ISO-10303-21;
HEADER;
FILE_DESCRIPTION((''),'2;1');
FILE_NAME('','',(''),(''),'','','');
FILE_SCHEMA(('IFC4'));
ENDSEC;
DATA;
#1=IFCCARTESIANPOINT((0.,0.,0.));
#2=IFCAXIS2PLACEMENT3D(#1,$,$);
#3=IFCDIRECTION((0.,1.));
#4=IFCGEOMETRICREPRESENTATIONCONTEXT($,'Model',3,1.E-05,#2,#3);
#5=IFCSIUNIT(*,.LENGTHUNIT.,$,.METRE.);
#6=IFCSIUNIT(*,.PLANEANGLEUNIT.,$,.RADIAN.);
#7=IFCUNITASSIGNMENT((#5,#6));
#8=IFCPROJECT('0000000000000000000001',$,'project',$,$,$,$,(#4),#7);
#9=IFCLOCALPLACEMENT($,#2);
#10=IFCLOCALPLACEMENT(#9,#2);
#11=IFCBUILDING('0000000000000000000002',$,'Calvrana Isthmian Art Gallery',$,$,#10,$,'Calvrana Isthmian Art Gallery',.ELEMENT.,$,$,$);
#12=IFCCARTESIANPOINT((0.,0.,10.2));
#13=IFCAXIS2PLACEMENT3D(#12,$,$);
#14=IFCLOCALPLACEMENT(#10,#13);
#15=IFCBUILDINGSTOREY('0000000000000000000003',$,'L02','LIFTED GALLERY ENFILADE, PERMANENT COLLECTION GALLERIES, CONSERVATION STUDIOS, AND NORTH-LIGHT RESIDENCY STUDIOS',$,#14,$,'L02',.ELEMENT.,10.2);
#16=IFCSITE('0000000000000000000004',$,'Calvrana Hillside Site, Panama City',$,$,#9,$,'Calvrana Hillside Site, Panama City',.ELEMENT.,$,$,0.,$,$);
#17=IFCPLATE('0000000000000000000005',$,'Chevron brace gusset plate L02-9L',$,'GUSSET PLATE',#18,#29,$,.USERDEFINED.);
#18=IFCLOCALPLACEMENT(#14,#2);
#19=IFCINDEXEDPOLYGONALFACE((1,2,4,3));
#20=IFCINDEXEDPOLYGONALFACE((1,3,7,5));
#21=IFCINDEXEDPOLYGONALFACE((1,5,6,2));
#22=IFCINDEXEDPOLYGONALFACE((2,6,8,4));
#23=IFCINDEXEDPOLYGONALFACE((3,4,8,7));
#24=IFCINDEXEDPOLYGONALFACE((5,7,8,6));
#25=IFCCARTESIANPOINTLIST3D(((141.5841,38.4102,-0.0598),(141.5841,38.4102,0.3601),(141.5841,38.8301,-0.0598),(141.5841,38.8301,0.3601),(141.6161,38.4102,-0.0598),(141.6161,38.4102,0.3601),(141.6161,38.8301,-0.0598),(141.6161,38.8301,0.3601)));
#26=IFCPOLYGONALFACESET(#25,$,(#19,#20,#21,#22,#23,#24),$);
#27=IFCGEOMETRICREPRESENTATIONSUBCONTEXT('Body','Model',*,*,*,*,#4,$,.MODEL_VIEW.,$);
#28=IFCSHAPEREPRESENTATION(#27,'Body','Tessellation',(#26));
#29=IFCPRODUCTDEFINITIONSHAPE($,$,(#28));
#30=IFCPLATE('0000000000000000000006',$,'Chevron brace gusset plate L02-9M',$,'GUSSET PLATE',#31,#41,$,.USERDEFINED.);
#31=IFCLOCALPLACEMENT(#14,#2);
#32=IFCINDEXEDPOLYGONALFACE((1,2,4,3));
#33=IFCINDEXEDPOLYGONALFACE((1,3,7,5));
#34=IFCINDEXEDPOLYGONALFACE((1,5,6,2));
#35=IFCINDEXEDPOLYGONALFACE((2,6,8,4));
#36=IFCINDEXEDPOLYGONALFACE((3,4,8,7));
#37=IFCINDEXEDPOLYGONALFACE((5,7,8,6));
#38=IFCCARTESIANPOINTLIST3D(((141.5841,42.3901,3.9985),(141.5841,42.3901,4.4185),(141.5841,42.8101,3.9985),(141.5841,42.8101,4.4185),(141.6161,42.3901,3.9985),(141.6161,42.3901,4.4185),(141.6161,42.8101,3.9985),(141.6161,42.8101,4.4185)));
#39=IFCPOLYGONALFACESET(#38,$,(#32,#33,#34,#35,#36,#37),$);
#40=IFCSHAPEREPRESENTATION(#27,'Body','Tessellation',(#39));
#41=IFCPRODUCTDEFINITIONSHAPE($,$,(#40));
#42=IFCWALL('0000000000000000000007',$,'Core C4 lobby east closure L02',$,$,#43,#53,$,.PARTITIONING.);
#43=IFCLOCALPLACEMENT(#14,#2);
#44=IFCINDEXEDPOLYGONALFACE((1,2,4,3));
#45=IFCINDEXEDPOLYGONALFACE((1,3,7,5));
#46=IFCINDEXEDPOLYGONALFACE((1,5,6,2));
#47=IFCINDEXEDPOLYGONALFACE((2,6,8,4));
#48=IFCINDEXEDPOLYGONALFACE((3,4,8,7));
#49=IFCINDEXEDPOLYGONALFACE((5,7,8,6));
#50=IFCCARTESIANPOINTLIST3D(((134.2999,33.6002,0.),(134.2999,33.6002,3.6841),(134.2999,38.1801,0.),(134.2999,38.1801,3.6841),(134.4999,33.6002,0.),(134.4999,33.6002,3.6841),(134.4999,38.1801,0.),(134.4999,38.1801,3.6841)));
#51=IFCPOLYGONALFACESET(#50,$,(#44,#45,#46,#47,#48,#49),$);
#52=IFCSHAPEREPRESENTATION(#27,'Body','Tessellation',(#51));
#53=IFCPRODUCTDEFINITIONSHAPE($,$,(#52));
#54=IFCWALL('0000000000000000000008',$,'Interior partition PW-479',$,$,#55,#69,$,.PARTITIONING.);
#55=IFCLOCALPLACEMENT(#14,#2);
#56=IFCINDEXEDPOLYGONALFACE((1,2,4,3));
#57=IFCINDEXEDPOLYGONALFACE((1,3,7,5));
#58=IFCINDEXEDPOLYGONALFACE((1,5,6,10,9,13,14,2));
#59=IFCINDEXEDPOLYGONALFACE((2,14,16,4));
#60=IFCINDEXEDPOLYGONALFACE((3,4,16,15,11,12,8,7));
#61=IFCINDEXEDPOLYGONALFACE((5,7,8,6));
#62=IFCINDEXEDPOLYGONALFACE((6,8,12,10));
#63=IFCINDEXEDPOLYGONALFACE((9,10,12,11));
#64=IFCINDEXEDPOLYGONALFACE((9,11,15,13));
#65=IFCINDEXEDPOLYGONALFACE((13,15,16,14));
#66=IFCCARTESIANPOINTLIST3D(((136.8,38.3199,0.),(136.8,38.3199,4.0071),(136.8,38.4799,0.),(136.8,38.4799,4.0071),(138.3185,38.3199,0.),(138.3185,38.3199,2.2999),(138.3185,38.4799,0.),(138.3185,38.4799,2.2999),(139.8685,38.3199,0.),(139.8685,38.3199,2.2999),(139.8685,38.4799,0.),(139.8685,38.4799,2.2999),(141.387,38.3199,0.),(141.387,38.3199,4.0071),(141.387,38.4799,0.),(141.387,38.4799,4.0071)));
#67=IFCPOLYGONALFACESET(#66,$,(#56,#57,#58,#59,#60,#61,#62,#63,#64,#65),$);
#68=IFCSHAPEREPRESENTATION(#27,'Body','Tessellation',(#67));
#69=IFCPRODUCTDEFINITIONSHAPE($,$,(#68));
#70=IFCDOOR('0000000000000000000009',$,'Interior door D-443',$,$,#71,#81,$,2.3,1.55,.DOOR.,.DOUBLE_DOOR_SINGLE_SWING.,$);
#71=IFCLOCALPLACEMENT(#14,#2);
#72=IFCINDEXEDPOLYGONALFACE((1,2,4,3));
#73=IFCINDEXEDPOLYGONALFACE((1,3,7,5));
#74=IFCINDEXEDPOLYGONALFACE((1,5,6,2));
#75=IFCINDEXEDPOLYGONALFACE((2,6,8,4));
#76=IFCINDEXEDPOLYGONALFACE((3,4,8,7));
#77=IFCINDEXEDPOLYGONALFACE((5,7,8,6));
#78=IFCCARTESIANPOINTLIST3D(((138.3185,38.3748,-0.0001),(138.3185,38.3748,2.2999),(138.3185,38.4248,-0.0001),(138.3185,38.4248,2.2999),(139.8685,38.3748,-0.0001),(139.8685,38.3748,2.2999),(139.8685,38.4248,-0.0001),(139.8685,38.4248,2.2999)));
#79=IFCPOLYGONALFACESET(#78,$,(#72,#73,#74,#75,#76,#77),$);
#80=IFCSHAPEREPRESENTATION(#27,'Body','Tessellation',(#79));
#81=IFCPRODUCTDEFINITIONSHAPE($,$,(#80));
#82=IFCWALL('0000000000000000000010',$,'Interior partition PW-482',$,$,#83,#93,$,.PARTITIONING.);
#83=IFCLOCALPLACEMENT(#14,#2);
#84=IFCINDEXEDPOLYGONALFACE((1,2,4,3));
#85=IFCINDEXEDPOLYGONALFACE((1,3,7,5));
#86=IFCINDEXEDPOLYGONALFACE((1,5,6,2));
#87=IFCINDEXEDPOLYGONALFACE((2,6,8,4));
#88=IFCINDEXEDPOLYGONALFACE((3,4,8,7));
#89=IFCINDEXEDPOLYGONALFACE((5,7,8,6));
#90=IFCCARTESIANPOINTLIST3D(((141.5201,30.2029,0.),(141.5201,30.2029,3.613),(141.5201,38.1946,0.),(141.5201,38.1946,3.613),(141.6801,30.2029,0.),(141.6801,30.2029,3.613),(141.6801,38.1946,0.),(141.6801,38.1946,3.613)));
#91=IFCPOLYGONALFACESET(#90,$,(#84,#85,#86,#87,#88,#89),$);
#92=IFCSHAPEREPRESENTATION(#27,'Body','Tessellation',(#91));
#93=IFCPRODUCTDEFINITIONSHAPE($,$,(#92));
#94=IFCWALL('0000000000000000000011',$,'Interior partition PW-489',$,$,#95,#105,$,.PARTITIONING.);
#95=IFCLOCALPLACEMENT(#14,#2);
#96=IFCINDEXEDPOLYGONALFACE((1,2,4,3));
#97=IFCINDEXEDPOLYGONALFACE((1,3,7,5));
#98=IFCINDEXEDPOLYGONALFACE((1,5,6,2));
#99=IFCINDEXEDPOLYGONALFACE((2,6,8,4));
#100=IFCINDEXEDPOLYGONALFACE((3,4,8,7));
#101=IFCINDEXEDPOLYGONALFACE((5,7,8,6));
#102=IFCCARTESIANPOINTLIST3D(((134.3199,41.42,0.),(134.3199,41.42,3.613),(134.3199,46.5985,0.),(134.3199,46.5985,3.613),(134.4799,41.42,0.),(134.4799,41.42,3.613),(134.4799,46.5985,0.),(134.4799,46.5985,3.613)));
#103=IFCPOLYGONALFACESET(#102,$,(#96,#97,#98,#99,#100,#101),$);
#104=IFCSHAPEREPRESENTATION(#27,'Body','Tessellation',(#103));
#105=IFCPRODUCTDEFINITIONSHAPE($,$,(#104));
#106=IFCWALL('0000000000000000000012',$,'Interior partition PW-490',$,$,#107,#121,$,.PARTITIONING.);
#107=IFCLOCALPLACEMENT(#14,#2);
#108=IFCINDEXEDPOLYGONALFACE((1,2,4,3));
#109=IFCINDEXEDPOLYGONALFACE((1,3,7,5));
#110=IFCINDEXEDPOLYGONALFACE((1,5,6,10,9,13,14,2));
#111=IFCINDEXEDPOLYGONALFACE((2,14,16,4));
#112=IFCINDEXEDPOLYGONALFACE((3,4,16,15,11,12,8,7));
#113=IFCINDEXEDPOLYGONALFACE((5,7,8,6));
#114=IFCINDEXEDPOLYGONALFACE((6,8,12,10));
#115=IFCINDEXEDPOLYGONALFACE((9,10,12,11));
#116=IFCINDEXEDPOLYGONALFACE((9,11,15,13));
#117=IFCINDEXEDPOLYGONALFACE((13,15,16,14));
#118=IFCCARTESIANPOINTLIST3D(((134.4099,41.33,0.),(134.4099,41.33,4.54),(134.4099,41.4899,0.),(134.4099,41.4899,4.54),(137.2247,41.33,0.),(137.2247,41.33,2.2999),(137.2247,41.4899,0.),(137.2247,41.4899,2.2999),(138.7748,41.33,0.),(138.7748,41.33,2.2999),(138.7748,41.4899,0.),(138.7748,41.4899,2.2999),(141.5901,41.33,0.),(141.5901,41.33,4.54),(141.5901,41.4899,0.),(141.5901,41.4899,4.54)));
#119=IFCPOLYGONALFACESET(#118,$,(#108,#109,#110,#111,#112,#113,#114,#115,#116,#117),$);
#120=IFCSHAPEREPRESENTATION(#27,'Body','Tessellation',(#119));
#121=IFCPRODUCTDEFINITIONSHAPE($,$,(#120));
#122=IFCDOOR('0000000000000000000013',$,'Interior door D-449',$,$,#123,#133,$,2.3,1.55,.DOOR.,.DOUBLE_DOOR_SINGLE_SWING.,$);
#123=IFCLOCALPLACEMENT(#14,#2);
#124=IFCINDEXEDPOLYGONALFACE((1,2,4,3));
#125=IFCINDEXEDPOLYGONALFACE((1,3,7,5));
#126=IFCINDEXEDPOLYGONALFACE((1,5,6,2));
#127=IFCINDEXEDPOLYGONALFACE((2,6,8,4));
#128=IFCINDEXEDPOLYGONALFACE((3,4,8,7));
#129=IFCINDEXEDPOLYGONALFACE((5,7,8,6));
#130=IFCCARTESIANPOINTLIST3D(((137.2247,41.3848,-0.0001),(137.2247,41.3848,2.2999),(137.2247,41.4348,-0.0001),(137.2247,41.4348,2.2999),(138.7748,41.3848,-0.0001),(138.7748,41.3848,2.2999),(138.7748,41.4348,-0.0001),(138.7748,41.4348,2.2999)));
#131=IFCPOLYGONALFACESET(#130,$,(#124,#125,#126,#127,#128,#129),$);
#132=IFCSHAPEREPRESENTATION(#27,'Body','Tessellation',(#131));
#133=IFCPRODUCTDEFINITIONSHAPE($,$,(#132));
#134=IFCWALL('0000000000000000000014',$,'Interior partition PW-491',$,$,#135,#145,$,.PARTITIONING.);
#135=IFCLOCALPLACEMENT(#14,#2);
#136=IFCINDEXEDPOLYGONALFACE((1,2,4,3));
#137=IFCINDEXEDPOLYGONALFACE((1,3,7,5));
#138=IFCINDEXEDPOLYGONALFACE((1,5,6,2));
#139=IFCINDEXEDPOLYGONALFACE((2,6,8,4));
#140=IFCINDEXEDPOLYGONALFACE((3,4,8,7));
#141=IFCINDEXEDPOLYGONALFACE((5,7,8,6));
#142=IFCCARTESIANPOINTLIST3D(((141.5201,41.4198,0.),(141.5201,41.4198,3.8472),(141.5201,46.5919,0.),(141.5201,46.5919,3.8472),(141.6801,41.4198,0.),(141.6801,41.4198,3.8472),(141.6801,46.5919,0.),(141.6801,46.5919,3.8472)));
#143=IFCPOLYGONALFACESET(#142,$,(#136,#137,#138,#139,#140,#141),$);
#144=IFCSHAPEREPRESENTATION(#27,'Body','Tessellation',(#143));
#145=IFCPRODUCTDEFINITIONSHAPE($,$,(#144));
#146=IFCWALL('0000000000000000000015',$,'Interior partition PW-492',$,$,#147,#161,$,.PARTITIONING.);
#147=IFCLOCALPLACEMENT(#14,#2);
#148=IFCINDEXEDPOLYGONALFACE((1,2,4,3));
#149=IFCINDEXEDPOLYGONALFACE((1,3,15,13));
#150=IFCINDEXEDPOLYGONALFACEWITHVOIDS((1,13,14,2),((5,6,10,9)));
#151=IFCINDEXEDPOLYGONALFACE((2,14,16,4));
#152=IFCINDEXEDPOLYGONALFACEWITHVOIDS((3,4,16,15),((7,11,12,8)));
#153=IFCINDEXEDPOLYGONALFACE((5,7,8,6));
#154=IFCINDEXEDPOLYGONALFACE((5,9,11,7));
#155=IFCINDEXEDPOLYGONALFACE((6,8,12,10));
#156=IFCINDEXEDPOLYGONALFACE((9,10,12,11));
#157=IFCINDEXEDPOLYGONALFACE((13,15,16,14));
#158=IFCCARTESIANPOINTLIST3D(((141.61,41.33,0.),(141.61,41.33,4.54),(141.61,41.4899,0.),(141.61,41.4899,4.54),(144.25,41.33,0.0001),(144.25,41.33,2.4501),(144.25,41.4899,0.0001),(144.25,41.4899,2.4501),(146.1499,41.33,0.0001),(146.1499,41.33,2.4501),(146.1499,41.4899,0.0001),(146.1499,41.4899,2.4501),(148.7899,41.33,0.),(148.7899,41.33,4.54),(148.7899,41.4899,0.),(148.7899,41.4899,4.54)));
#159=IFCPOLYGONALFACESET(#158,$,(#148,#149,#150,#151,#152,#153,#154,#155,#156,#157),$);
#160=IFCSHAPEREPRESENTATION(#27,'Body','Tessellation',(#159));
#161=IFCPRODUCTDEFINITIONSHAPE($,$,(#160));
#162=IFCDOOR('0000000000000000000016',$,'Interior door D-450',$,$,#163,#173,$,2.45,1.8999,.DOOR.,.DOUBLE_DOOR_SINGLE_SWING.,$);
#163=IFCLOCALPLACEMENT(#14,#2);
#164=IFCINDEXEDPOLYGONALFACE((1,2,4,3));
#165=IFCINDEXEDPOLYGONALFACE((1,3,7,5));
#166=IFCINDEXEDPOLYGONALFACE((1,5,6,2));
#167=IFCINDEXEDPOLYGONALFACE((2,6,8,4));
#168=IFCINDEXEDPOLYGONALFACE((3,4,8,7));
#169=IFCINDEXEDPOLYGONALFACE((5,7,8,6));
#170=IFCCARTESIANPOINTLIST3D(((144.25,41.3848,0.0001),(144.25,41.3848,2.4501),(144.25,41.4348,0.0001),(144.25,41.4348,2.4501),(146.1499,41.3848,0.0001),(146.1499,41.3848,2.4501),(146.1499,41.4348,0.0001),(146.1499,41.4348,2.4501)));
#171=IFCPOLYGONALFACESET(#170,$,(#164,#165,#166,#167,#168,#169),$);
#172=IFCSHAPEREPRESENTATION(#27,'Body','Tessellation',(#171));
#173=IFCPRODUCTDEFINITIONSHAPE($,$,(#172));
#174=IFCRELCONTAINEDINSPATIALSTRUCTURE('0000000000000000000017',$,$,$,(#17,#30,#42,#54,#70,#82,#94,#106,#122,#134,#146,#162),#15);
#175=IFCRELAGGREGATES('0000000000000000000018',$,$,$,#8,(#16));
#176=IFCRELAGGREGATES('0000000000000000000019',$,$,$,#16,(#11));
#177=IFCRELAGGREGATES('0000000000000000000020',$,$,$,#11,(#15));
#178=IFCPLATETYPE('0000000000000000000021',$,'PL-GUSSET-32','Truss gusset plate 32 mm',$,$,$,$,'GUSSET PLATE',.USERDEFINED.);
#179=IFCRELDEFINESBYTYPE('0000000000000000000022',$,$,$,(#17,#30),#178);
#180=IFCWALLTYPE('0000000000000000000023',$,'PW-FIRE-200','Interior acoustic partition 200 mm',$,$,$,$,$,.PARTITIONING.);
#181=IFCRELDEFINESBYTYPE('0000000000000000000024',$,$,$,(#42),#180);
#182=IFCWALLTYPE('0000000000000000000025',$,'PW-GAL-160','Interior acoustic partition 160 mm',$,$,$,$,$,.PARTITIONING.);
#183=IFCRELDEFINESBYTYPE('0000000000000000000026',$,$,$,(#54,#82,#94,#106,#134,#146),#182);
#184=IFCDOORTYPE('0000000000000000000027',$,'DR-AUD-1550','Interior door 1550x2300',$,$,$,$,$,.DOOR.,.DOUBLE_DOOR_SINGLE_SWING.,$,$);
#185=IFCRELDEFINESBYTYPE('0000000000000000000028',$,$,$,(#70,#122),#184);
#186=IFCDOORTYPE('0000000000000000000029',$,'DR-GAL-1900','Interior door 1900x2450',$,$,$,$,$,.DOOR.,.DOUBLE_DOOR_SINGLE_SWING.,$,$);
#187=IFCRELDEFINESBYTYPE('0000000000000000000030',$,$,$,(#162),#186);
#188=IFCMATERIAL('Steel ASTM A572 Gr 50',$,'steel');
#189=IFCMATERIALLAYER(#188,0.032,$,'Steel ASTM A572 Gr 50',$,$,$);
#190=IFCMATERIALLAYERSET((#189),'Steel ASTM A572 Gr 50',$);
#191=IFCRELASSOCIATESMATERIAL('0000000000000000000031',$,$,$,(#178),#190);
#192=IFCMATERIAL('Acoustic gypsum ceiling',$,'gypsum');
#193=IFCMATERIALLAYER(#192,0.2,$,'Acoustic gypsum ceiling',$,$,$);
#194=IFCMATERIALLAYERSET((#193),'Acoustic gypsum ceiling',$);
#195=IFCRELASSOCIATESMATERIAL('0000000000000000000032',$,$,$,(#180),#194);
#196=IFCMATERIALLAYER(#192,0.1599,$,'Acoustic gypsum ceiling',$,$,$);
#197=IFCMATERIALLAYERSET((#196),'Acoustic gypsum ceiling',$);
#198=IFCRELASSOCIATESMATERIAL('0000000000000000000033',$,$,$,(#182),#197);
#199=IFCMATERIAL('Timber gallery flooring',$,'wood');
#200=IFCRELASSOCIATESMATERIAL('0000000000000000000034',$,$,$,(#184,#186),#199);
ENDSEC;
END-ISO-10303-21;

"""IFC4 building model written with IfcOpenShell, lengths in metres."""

from ifc_helpers import new_model, si_unit, direction, frame, frame_2d, origin, origin_2d, place, context, subcontext, project, spatial, rectangle, extrude, material, layer, layer_set, type_object, element, fill, save


model = new_model("IFC4")

# Units and contexts
model_context = context("Model", 3, precision=1e-05, world=origin(), true_north=direction((0.0, 1.0)))
body_context = subcontext(model_context, "Body", "Model", "MODEL_VIEW")
ifc_project = project(units=[si_unit("LENGTHUNIT", "METRE"), si_unit("PLANEANGLEUNIT", "RADIAN")], contexts=[model_context])

# Site, building, storey
site_placement = place(None, origin())
site = spatial("IfcSite", under=ifc_project, at=site_placement, Name="Calvrana Hillside Site, Panama City", LongName="Calvrana Hillside Site, Panama City", CompositionType="ELEMENT", RefElevation=0.0)
building_placement = place(site_placement, origin())
building = spatial("IfcBuilding", under=site, at=building_placement, Name="Calvrana Isthmian Art Gallery", LongName="Calvrana Isthmian Art Gallery", CompositionType="ELEMENT")
storey_placement = place(building_placement, frame((0.0, 0.0, 10.2)))
storey = spatial("IfcBuildingStorey", under=building, at=storey_placement, Name="L02", Description="LIFTED GALLERY ENFILADE, PERMANENT COLLECTION GALLERIES, CONSERVATION STUDIOS, AND NORTH-LIGHT RESIDENCY STUDIOS", LongName="L02", CompositionType="ELEMENT", Elevation=10.2)

# Plates
ifc_material_1 = material(Name="Steel ASTM A572 Gr 50", Category="steel")
ifc_layer_1 = layer(ifc_material_1, 0.032, Name="Steel ASTM A572 Gr 50")
ifc_layer_set_1 = layer_set([ifc_layer_1], Name="Steel ASTM A572 Gr 50")
plate_type = type_object("IfcPlateType", Name="PL-GUSSET-32", Description="Truss gusset plate 32 mm", ElementType="GUSSET PLATE", PredefinedType="USERDEFINED", material=ifc_layer_set_1)
for number, where, z_axis, x_axis, name in (
    (1, (141.6001, 38.6201, -0.0598), (0.0, 0.0, 1.0), (1.0, 0.0, 0.0), "Chevron brace gusset plate L02-9L"),
    (2, (141.6001, 42.6001, 3.9985), (0.0, 0.0, 1.0), (1.0, 0.0, 0.0), "Chevron brace gusset plate L02-9M"),
):
    element("IfcPlate", number, at=place(storey_placement, frame(where, z_axis=z_axis, x_axis=x_axis)), inside=storey, type_object=plate_type, Name=name, ObjectType="GUSSET PLATE", PredefinedType="USERDEFINED", context=body_context, shape_type="SweptSolid", body=[
        extrude(rectangle(XDim=0.032, YDim=0.4199, at=origin_2d()), origin(), (0.0, 0.0, 1.0), 0.4199),
    ])

# Wall
ifc_material_2 = material(Name="Acoustic gypsum ceiling", Category="gypsum")
ifc_layer_2 = layer(ifc_material_2, 0.2, Name="Acoustic gypsum ceiling")
ifc_layer_set_2 = layer_set([ifc_layer_2], Name="Acoustic gypsum ceiling")
wall_type_1 = type_object("IfcWallType", Name="PW-FIRE-200", Description="Interior acoustic partition 200 mm", PredefinedType="PARTITIONING", material=ifc_layer_set_2)
wall_1_placement = place(storey_placement, frame((134.3999, 33.6001, 0.0), z_axis=(0.0, 0.0, 1.0), x_axis=(0.0, 1.0, 0.0)))
element("IfcWall", 3, at=wall_1_placement, inside=storey, type_object=wall_type_1, Name="Core C4 lobby east closure L02", PredefinedType="PARTITIONING", context=body_context, shape_type="SweptSolid", body=[
    extrude(rectangle(XDim=4.5798, YDim=0.2, at=frame_2d((2.29, 0.0))), origin(), (0.0, 0.0, 1.0), 3.6841),
])

# Wall, opening, door
ifc_layer_3 = layer(ifc_material_2, 0.1599, Name="Acoustic gypsum ceiling")
ifc_layer_set_3 = layer_set([ifc_layer_3], Name="Acoustic gypsum ceiling")
wall_type_2 = type_object("IfcWallType", Name="PW-GAL-160", Description="Interior acoustic partition 160 mm", PredefinedType="PARTITIONING", material=ifc_layer_set_3)
wall_2_placement = place(storey_placement, frame((136.8, 38.3999, 0.0), z_axis=(0.0, 0.0, 1.0), x_axis=(1.0, 0.0, 0.0)))
wall_2 = element("IfcWall", 4, at=wall_2_placement, inside=storey, type_object=wall_type_2, Name="Interior partition PW-479", PredefinedType="PARTITIONING", context=body_context, shape_type="SweptSolid", body=[
    extrude(rectangle(XDim=4.5869, YDim=0.1599, at=frame_2d((2.2935, 0.0))), origin(), (0.0, 0.0, 1.0), 4.0071),
])
opening_1_placement = place(wall_2_placement, frame((1.5186, 0.0, 0.0)))
opening_1 = element("IfcOpeningElement", 5, at=opening_1_placement, cuts=wall_2, PredefinedType="OPENING", context=body_context, shape_type="SweptSolid", body=[
    extrude(rectangle(XDim=1.55, YDim=2.3, at=frame_2d((0.7749, 1.1499))), frame((0.0, 0.0903, 0.0), z_axis=(0.0, -1.0, 0.0), x_axis=(1.0, 0.0, 0.0)), (0.0, 0.0, 1.0), 0.1804),
])
ifc_material_3 = material(Name="Timber gallery flooring", Category="wood")
door_type_1 = type_object("IfcDoorType", Name="DR-AUD-1550", Description="Interior door 1550x2300", OperationType="DOUBLE_DOOR_SINGLE_SWING", PredefinedType="DOOR", material=ifc_material_3)
door_1_placement = place(opening_1_placement, origin())
door_1 = element("IfcDoor", 6, at=door_1_placement, inside=storey, type_object=door_type_1, Name="Interior door D-443", OperationType="DOUBLE_DOOR_SINGLE_SWING", OverallHeight=2.3, OverallWidth=1.55, PredefinedType="DOOR", context=body_context, shape_type="SweptSolid", body=[
    extrude(rectangle(XDim=1.55, YDim=2.3, at=frame_2d((0.7749, 1.1499))), frame((0.0, 0.0249, 0.0), z_axis=(0.0, -1.0, 0.0), x_axis=(1.0, 0.0, 0.0)), (0.0, 0.0, 1.0), 0.05),
])
fill(opening_1, door_1)

# Walls
wall_3_placement = place(storey_placement, frame((141.6001, 30.2029, 0.0), z_axis=(0.0, 0.0, 1.0), x_axis=(0.0, 1.0, 0.0)))
element("IfcWall", 7, at=wall_3_placement, inside=storey, type_object=wall_type_2, Name="Interior partition PW-482", PredefinedType="PARTITIONING", context=body_context, shape_type="SweptSolid", body=[
    extrude(rectangle(XDim=7.9917, YDim=0.1599, at=frame_2d((3.9958, 0.0))), origin(), (0.0, 0.0, 1.0), 3.613),
])
wall_4_placement = place(storey_placement, frame((134.3999, 41.4199, 0.0), z_axis=(0.0, 0.0, 1.0), x_axis=(0.0, 1.0, 0.0)))
element("IfcWall", 8, at=wall_4_placement, inside=storey, type_object=wall_type_2, Name="Interior partition PW-489", PredefinedType="PARTITIONING", context=body_context, shape_type="SweptSolid", body=[
    extrude(rectangle(XDim=5.1785, YDim=0.1599, at=frame_2d((2.5894, 0.0))), origin(), (0.0, 0.0, 1.0), 3.613),
])

# Wall, opening, door
wall_5_placement = place(storey_placement, frame((134.4099, 41.4099, 0.0), z_axis=(0.0, 0.0, 1.0), x_axis=(1.0, 0.0, 0.0)))
wall_5 = element("IfcWall", 9, at=wall_5_placement, inside=storey, type_object=wall_type_2, Name="Interior partition PW-490", PredefinedType="PARTITIONING", context=body_context, shape_type="SweptSolid", body=[
    extrude(rectangle(XDim=7.1802, YDim=0.1599, at=frame_2d((3.5901, 0.0))), origin(), (0.0, 0.0, 1.0), 4.54),
])
opening_2_placement = place(wall_5_placement, frame((2.8149, 0.0, 0.0)))
opening_2 = element("IfcOpeningElement", 10, at=opening_2_placement, cuts=wall_5, PredefinedType="OPENING", context=body_context, shape_type="SweptSolid", body=[
    extrude(rectangle(XDim=1.55, YDim=2.3, at=frame_2d((0.7749, 1.1499))), frame((0.0, 0.0903, 0.0), z_axis=(0.0, -1.0, 0.0), x_axis=(1.0, 0.0, 0.0)), (0.0, 0.0, 1.0), 0.1804),
])
door_2_placement = place(opening_2_placement, origin())
door_2 = element("IfcDoor", 11, at=door_2_placement, inside=storey, type_object=door_type_1, Name="Interior door D-449", OperationType="DOUBLE_DOOR_SINGLE_SWING", OverallHeight=2.3, OverallWidth=1.55, PredefinedType="DOOR", context=body_context, shape_type="SweptSolid", body=[
    extrude(rectangle(XDim=1.55, YDim=2.3, at=frame_2d((0.7749, 1.1499))), frame((0.0, 0.0249, 0.0), z_axis=(0.0, -1.0, 0.0), x_axis=(1.0, 0.0, 0.0)), (0.0, 0.0, 1.0), 0.05),
])
fill(opening_2, door_2)

# Wall
wall_6_placement = place(storey_placement, frame((141.6001, 41.4199, 0.0), z_axis=(0.0, 0.0, 1.0), x_axis=(0.0, 1.0, 0.0)))
element("IfcWall", 12, at=wall_6_placement, inside=storey, type_object=wall_type_2, Name="Interior partition PW-491", PredefinedType="PARTITIONING", context=body_context, shape_type="SweptSolid", body=[
    extrude(rectangle(XDim=5.1721, YDim=0.1599, at=frame_2d((2.5859, 0.0))), origin(), (0.0, 0.0, 1.0), 3.8472),
])

# Wall, opening, door
wall_7_placement = place(storey_placement, frame((141.6101, 41.4099, 0.0), z_axis=(0.0, 0.0, 1.0), x_axis=(1.0, 0.0, 0.0)))
wall_7 = element("IfcWall", 13, at=wall_7_placement, inside=storey, type_object=wall_type_2, Name="Interior partition PW-492", PredefinedType="PARTITIONING", context=body_context, shape_type="SweptSolid", body=[
    extrude(rectangle(XDim=7.1799, YDim=0.1599, at=frame_2d((3.5898, 0.0))), origin(), (0.0, 0.0, 1.0), 4.54),
])
opening_3_placement = place(wall_7_placement, frame((2.6399, 0.0, 0.0)))
opening_3 = element("IfcOpeningElement", 14, at=opening_3_placement, cuts=wall_7, PredefinedType="OPENING", context=body_context, shape_type="SweptSolid", body=[
    extrude(rectangle(XDim=1.8999, YDim=2.45, at=frame_2d((0.95, 1.2251))), frame((0.0, 0.0903, 0.0), z_axis=(0.0, -1.0, 0.0), x_axis=(1.0, 0.0, 0.0)), (0.0, 0.0, 1.0), 0.1804),
])
door_type_2 = type_object("IfcDoorType", Name="DR-GAL-1900", Description="Interior door 1900x2450", OperationType="DOUBLE_DOOR_SINGLE_SWING", PredefinedType="DOOR", material=ifc_material_3)
door_3_placement = place(opening_3_placement, origin())
door_3 = element("IfcDoor", 15, at=door_3_placement, inside=storey, type_object=door_type_2, Name="Interior door D-450", OperationType="DOUBLE_DOOR_SINGLE_SWING", OverallHeight=2.45, OverallWidth=1.8999, PredefinedType="DOOR", context=body_context, shape_type="SweptSolid", body=[
    extrude(rectangle(XDim=1.8999, YDim=2.45, at=frame_2d((0.95, 1.2251))), frame((0.0, 0.0249, 0.0), z_axis=(0.0, -1.0, 0.0), x_axis=(1.0, 0.0, 0.0)), (0.0, 0.0, 1.0), 0.05),
])
fill(opening_3, door_3)

save(model, "model.ifc")
